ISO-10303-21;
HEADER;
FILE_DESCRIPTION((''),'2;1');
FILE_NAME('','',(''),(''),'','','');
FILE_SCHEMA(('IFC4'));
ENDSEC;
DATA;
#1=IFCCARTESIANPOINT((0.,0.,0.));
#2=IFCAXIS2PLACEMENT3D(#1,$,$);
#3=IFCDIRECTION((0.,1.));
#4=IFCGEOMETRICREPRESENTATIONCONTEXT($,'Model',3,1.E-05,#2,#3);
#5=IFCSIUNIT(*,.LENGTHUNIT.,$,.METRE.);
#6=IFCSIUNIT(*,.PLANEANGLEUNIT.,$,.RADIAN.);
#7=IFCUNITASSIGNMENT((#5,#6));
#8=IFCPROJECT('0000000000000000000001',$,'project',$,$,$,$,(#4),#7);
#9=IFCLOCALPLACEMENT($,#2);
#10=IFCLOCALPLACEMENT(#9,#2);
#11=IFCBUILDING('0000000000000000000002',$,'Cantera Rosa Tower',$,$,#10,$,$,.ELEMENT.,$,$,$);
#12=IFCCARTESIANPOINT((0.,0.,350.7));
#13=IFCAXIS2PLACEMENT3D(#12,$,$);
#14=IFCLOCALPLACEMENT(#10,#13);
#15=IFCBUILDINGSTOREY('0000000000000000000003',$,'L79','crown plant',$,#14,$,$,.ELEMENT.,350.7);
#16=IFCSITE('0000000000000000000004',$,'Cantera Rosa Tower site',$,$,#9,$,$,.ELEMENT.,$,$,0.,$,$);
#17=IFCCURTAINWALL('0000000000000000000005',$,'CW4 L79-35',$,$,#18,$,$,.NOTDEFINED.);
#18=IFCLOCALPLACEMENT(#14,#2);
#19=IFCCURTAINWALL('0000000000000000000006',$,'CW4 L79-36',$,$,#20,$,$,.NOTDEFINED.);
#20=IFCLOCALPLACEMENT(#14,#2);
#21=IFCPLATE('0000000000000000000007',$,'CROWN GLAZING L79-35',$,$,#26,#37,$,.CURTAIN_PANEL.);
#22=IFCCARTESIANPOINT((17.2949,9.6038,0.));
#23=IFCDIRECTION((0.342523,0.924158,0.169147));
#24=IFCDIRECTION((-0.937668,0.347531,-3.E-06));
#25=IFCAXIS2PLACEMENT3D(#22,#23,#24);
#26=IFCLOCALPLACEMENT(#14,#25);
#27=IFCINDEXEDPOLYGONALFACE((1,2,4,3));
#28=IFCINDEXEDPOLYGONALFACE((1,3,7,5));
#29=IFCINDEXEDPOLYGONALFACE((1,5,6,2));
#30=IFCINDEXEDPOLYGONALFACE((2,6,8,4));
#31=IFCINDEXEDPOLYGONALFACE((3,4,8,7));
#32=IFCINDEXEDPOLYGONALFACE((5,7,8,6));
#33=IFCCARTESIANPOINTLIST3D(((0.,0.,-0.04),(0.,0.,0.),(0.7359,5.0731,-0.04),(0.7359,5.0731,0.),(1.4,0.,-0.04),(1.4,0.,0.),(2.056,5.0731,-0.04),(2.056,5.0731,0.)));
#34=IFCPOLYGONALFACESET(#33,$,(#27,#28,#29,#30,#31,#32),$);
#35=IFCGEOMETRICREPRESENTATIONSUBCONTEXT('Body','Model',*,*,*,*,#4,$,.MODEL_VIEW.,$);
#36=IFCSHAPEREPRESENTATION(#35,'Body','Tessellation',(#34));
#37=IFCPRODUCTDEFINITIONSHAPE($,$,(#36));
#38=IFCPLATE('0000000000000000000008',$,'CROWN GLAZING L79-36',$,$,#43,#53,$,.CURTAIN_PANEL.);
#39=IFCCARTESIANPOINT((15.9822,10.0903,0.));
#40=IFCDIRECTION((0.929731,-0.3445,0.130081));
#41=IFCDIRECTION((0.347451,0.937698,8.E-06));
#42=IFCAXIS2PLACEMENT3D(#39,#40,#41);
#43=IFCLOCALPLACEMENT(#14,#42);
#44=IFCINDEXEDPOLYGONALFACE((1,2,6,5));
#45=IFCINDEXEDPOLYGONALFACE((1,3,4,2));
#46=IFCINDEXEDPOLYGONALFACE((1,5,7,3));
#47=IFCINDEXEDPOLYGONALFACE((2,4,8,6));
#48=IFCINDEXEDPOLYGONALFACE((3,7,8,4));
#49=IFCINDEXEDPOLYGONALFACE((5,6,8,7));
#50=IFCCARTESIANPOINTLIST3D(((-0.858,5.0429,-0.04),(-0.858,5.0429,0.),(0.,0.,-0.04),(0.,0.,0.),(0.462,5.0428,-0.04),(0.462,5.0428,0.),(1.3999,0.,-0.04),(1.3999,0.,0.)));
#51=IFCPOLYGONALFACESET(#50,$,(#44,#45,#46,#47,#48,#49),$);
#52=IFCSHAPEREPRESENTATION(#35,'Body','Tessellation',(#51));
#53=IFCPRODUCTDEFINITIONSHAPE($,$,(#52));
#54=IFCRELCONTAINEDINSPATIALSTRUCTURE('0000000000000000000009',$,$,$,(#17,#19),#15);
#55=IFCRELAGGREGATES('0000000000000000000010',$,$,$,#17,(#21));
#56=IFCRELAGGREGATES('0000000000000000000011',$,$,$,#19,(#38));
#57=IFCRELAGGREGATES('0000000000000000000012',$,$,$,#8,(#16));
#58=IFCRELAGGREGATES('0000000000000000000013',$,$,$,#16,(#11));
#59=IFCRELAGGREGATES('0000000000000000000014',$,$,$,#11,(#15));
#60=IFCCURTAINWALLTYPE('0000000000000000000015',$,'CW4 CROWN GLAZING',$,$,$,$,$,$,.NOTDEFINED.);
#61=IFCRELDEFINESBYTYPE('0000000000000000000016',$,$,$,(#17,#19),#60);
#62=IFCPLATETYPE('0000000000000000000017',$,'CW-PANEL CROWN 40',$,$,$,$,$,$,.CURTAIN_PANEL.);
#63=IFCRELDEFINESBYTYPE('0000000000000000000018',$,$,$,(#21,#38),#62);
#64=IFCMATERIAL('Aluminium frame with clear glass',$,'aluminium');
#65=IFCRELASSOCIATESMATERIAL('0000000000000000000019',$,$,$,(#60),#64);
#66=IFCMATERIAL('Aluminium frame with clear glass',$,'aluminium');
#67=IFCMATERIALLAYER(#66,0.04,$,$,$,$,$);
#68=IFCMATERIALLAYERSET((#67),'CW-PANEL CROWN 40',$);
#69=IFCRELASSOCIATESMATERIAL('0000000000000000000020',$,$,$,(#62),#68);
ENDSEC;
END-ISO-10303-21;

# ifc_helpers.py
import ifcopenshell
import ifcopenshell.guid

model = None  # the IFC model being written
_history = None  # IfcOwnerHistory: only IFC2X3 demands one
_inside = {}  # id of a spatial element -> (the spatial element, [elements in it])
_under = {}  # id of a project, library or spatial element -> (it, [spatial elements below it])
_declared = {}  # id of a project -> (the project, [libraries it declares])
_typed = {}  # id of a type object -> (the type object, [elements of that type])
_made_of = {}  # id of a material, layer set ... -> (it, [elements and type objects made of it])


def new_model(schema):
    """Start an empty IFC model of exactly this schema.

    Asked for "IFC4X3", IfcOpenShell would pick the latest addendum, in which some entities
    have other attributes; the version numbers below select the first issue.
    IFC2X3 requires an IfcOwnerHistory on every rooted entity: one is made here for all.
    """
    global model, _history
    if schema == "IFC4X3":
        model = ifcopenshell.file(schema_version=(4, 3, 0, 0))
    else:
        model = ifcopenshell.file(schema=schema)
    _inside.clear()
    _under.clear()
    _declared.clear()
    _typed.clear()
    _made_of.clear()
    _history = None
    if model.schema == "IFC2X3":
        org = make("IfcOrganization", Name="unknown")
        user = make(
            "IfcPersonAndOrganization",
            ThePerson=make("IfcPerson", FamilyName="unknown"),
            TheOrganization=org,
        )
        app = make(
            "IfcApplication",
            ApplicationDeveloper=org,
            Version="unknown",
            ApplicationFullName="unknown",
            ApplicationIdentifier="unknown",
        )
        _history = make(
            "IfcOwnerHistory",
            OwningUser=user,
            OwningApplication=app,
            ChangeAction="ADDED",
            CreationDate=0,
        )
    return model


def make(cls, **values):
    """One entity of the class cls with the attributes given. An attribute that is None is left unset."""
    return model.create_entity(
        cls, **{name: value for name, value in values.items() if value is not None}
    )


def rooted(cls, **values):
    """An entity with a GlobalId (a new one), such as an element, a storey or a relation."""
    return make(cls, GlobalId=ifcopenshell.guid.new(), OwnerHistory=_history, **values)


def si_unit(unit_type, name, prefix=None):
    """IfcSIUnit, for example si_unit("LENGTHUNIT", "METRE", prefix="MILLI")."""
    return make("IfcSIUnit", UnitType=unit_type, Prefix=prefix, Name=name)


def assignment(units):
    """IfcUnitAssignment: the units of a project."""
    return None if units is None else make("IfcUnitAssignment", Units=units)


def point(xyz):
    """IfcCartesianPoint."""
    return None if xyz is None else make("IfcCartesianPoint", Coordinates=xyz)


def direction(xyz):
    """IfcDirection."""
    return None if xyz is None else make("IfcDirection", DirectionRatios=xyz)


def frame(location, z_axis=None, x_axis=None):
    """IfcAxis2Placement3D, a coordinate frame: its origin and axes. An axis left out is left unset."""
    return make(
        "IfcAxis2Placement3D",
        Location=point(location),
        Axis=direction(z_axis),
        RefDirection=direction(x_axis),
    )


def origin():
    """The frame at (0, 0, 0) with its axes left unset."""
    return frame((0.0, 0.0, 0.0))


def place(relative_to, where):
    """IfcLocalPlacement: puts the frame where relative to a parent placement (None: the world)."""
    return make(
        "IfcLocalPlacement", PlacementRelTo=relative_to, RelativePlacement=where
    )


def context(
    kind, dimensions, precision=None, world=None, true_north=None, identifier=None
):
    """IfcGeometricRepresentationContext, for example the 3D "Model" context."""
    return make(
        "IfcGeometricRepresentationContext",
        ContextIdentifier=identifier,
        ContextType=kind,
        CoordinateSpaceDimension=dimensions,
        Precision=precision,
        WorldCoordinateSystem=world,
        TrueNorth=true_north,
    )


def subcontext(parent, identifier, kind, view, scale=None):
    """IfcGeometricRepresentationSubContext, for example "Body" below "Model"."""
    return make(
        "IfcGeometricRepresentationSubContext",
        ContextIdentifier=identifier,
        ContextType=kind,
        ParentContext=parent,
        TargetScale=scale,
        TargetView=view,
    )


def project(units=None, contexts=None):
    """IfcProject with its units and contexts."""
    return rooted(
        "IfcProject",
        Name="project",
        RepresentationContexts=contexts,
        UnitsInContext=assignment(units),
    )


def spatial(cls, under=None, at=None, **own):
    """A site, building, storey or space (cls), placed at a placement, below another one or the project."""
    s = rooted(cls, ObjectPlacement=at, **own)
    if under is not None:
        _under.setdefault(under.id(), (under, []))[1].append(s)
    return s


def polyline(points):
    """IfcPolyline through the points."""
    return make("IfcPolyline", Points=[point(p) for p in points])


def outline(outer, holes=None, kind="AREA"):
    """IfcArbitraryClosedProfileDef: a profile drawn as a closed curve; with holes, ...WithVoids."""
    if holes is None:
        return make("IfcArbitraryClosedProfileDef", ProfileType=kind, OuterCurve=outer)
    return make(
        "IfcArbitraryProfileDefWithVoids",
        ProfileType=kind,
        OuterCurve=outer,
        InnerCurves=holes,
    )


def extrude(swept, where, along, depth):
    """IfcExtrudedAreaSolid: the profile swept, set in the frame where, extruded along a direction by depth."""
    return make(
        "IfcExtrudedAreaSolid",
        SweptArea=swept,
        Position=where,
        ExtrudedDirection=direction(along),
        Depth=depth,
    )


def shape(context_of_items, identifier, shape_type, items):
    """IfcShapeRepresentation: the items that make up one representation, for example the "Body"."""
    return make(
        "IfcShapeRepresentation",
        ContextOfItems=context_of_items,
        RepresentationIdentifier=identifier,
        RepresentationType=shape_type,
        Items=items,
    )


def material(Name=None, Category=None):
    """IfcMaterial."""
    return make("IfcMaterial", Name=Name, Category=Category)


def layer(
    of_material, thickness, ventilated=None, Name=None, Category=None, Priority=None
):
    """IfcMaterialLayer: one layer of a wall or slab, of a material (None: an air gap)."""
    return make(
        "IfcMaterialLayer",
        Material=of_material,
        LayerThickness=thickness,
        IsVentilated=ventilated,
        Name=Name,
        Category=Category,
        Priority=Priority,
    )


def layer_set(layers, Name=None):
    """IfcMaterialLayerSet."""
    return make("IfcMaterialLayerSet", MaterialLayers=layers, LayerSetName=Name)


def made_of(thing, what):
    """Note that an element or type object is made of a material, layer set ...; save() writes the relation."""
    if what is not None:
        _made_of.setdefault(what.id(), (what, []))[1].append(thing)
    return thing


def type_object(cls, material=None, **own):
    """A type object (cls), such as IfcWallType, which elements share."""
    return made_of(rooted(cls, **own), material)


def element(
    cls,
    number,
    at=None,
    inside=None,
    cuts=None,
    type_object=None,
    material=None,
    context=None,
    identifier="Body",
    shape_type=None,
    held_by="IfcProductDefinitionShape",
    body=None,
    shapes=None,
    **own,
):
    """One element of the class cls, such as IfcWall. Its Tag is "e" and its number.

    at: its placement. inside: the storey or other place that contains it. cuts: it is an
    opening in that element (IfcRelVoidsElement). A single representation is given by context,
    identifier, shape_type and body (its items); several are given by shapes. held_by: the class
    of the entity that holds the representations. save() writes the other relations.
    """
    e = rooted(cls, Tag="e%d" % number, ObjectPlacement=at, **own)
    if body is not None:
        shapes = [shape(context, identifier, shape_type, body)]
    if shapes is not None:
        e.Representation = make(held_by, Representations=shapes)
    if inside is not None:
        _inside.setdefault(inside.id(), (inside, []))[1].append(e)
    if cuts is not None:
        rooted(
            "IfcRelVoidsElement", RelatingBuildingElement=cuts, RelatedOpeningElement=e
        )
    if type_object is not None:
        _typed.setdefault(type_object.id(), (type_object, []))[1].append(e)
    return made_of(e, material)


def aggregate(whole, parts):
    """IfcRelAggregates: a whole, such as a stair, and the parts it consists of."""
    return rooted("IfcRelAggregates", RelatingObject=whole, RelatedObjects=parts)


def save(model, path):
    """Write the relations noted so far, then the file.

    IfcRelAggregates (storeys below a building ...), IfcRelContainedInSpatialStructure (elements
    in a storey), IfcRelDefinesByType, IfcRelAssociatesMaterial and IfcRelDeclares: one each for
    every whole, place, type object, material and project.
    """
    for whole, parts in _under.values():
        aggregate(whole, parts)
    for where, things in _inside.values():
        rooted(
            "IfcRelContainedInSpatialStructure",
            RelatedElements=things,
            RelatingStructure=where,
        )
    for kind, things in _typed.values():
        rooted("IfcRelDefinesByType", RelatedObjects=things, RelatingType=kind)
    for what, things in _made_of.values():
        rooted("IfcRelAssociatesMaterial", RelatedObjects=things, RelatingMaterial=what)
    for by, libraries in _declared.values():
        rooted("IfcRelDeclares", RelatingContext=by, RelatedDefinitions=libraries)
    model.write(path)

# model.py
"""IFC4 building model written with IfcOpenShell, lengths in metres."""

from ifc_helpers import new_model, si_unit, direction, frame, origin, place, context, subcontext, project, spatial, polyline, outline, extrude, material, layer, layer_set, type_object, element, aggregate, save


model = new_model("IFC4")

# Units and contexts
model_context = context("Model", 3, precision=1e-05, world=origin(), true_north=direction((0.0, 1.0)))
body_context = subcontext(model_context, "Body", "Model", "MODEL_VIEW")
ifc_project = project(units=[si_unit("LENGTHUNIT", "METRE"), si_unit("PLANEANGLEUNIT", "RADIAN")], contexts=[model_context])

# Site, building, storey
site_placement = place(None, origin())
site = spatial("IfcSite", under=ifc_project, at=site_placement, Name="Cantera Rosa Tower site", CompositionType="ELEMENT", RefElevation=0.0)
building_placement = place(site_placement, origin())
building = spatial("IfcBuilding", under=site, at=building_placement, Name="Cantera Rosa Tower", CompositionType="ELEMENT")
storey_placement = place(building_placement, frame((0.0, 0.0, 350.7)))
storey = spatial("IfcBuildingStorey", under=building, at=storey_placement, Name="L79", Description="crown plant", CompositionType="ELEMENT", Elevation=350.7)

# Curtain walls
ifc_material_1 = material(Name="Aluminium frame with clear glass", Category="aluminium")
curtain_wall_type = type_object("IfcCurtainWallType", Name="CW4 CROWN GLAZING", PredefinedType="NOTDEFINED", material=ifc_material_1)
curtain_wall_1_placement = place(storey_placement, origin())
curtain_wall_1 = element("IfcCurtainWall", 1, at=curtain_wall_1_placement, inside=storey, type_object=curtain_wall_type, Name="CW4 L79-35", PredefinedType="NOTDEFINED")
curtain_wall_2_placement = place(storey_placement, origin())
curtain_wall_2 = element("IfcCurtainWall", 2, at=curtain_wall_2_placement, inside=storey, type_object=curtain_wall_type, Name="CW4 L79-36", PredefinedType="NOTDEFINED")

# Plates
ifc_material_2 = material(Name="Aluminium frame with clear glass", Category="aluminium")
ifc_layer_1 = layer(ifc_material_2, 0.04)
ifc_layer_set_1 = layer_set([ifc_layer_1], Name="CW-PANEL CROWN 40")
plate_type = type_object("IfcPlateType", Name="CW-PANEL CROWN 40", PredefinedType="CURTAIN_PANEL", material=ifc_layer_set_1)
plate_1_placement = place(storey_placement, frame((17.2949, 9.6038, 0.0), z_axis=(0.342523, 0.924158, 0.169147), x_axis=(-0.937668, 0.347531, -0.000003)))
plate_1 = element("IfcPlate", 3, at=plate_1_placement, type_object=plate_type, Name="CROWN GLAZING L79-35", PredefinedType="CURTAIN_PANEL", context=body_context, shape_type="SweptSolid", body=[
    extrude(outline(polyline([(0.0, 0.0), (1.4, 0.0), (2.056, 5.0731), (0.7359, 5.0731), (0.0, 0.0)])), origin(), (0.0, 0.0, -1.0), 0.04),
])
plate_2_placement = place(storey_placement, frame((15.9822, 10.0903, 0.0), z_axis=(0.929731, -0.3445, 0.130081), x_axis=(0.347451, 0.937698, 0.000008)))
plate_2 = element("IfcPlate", 4, at=plate_2_placement, type_object=plate_type, Name="CROWN GLAZING L79-36", PredefinedType="CURTAIN_PANEL", context=body_context, shape_type="SweptSolid", body=[
    extrude(outline(polyline([(0.0, 0.0), (1.3999, 0.0), (0.462, 5.0428), (-0.858, 5.0429), (0.0, 0.0)])), origin(), (0.0, 0.0, -1.0), 0.04),
])

aggregate(curtain_wall_1, [plate_1])
aggregate(curtain_wall_2, [plate_2])

save(model, "model.ifc")
